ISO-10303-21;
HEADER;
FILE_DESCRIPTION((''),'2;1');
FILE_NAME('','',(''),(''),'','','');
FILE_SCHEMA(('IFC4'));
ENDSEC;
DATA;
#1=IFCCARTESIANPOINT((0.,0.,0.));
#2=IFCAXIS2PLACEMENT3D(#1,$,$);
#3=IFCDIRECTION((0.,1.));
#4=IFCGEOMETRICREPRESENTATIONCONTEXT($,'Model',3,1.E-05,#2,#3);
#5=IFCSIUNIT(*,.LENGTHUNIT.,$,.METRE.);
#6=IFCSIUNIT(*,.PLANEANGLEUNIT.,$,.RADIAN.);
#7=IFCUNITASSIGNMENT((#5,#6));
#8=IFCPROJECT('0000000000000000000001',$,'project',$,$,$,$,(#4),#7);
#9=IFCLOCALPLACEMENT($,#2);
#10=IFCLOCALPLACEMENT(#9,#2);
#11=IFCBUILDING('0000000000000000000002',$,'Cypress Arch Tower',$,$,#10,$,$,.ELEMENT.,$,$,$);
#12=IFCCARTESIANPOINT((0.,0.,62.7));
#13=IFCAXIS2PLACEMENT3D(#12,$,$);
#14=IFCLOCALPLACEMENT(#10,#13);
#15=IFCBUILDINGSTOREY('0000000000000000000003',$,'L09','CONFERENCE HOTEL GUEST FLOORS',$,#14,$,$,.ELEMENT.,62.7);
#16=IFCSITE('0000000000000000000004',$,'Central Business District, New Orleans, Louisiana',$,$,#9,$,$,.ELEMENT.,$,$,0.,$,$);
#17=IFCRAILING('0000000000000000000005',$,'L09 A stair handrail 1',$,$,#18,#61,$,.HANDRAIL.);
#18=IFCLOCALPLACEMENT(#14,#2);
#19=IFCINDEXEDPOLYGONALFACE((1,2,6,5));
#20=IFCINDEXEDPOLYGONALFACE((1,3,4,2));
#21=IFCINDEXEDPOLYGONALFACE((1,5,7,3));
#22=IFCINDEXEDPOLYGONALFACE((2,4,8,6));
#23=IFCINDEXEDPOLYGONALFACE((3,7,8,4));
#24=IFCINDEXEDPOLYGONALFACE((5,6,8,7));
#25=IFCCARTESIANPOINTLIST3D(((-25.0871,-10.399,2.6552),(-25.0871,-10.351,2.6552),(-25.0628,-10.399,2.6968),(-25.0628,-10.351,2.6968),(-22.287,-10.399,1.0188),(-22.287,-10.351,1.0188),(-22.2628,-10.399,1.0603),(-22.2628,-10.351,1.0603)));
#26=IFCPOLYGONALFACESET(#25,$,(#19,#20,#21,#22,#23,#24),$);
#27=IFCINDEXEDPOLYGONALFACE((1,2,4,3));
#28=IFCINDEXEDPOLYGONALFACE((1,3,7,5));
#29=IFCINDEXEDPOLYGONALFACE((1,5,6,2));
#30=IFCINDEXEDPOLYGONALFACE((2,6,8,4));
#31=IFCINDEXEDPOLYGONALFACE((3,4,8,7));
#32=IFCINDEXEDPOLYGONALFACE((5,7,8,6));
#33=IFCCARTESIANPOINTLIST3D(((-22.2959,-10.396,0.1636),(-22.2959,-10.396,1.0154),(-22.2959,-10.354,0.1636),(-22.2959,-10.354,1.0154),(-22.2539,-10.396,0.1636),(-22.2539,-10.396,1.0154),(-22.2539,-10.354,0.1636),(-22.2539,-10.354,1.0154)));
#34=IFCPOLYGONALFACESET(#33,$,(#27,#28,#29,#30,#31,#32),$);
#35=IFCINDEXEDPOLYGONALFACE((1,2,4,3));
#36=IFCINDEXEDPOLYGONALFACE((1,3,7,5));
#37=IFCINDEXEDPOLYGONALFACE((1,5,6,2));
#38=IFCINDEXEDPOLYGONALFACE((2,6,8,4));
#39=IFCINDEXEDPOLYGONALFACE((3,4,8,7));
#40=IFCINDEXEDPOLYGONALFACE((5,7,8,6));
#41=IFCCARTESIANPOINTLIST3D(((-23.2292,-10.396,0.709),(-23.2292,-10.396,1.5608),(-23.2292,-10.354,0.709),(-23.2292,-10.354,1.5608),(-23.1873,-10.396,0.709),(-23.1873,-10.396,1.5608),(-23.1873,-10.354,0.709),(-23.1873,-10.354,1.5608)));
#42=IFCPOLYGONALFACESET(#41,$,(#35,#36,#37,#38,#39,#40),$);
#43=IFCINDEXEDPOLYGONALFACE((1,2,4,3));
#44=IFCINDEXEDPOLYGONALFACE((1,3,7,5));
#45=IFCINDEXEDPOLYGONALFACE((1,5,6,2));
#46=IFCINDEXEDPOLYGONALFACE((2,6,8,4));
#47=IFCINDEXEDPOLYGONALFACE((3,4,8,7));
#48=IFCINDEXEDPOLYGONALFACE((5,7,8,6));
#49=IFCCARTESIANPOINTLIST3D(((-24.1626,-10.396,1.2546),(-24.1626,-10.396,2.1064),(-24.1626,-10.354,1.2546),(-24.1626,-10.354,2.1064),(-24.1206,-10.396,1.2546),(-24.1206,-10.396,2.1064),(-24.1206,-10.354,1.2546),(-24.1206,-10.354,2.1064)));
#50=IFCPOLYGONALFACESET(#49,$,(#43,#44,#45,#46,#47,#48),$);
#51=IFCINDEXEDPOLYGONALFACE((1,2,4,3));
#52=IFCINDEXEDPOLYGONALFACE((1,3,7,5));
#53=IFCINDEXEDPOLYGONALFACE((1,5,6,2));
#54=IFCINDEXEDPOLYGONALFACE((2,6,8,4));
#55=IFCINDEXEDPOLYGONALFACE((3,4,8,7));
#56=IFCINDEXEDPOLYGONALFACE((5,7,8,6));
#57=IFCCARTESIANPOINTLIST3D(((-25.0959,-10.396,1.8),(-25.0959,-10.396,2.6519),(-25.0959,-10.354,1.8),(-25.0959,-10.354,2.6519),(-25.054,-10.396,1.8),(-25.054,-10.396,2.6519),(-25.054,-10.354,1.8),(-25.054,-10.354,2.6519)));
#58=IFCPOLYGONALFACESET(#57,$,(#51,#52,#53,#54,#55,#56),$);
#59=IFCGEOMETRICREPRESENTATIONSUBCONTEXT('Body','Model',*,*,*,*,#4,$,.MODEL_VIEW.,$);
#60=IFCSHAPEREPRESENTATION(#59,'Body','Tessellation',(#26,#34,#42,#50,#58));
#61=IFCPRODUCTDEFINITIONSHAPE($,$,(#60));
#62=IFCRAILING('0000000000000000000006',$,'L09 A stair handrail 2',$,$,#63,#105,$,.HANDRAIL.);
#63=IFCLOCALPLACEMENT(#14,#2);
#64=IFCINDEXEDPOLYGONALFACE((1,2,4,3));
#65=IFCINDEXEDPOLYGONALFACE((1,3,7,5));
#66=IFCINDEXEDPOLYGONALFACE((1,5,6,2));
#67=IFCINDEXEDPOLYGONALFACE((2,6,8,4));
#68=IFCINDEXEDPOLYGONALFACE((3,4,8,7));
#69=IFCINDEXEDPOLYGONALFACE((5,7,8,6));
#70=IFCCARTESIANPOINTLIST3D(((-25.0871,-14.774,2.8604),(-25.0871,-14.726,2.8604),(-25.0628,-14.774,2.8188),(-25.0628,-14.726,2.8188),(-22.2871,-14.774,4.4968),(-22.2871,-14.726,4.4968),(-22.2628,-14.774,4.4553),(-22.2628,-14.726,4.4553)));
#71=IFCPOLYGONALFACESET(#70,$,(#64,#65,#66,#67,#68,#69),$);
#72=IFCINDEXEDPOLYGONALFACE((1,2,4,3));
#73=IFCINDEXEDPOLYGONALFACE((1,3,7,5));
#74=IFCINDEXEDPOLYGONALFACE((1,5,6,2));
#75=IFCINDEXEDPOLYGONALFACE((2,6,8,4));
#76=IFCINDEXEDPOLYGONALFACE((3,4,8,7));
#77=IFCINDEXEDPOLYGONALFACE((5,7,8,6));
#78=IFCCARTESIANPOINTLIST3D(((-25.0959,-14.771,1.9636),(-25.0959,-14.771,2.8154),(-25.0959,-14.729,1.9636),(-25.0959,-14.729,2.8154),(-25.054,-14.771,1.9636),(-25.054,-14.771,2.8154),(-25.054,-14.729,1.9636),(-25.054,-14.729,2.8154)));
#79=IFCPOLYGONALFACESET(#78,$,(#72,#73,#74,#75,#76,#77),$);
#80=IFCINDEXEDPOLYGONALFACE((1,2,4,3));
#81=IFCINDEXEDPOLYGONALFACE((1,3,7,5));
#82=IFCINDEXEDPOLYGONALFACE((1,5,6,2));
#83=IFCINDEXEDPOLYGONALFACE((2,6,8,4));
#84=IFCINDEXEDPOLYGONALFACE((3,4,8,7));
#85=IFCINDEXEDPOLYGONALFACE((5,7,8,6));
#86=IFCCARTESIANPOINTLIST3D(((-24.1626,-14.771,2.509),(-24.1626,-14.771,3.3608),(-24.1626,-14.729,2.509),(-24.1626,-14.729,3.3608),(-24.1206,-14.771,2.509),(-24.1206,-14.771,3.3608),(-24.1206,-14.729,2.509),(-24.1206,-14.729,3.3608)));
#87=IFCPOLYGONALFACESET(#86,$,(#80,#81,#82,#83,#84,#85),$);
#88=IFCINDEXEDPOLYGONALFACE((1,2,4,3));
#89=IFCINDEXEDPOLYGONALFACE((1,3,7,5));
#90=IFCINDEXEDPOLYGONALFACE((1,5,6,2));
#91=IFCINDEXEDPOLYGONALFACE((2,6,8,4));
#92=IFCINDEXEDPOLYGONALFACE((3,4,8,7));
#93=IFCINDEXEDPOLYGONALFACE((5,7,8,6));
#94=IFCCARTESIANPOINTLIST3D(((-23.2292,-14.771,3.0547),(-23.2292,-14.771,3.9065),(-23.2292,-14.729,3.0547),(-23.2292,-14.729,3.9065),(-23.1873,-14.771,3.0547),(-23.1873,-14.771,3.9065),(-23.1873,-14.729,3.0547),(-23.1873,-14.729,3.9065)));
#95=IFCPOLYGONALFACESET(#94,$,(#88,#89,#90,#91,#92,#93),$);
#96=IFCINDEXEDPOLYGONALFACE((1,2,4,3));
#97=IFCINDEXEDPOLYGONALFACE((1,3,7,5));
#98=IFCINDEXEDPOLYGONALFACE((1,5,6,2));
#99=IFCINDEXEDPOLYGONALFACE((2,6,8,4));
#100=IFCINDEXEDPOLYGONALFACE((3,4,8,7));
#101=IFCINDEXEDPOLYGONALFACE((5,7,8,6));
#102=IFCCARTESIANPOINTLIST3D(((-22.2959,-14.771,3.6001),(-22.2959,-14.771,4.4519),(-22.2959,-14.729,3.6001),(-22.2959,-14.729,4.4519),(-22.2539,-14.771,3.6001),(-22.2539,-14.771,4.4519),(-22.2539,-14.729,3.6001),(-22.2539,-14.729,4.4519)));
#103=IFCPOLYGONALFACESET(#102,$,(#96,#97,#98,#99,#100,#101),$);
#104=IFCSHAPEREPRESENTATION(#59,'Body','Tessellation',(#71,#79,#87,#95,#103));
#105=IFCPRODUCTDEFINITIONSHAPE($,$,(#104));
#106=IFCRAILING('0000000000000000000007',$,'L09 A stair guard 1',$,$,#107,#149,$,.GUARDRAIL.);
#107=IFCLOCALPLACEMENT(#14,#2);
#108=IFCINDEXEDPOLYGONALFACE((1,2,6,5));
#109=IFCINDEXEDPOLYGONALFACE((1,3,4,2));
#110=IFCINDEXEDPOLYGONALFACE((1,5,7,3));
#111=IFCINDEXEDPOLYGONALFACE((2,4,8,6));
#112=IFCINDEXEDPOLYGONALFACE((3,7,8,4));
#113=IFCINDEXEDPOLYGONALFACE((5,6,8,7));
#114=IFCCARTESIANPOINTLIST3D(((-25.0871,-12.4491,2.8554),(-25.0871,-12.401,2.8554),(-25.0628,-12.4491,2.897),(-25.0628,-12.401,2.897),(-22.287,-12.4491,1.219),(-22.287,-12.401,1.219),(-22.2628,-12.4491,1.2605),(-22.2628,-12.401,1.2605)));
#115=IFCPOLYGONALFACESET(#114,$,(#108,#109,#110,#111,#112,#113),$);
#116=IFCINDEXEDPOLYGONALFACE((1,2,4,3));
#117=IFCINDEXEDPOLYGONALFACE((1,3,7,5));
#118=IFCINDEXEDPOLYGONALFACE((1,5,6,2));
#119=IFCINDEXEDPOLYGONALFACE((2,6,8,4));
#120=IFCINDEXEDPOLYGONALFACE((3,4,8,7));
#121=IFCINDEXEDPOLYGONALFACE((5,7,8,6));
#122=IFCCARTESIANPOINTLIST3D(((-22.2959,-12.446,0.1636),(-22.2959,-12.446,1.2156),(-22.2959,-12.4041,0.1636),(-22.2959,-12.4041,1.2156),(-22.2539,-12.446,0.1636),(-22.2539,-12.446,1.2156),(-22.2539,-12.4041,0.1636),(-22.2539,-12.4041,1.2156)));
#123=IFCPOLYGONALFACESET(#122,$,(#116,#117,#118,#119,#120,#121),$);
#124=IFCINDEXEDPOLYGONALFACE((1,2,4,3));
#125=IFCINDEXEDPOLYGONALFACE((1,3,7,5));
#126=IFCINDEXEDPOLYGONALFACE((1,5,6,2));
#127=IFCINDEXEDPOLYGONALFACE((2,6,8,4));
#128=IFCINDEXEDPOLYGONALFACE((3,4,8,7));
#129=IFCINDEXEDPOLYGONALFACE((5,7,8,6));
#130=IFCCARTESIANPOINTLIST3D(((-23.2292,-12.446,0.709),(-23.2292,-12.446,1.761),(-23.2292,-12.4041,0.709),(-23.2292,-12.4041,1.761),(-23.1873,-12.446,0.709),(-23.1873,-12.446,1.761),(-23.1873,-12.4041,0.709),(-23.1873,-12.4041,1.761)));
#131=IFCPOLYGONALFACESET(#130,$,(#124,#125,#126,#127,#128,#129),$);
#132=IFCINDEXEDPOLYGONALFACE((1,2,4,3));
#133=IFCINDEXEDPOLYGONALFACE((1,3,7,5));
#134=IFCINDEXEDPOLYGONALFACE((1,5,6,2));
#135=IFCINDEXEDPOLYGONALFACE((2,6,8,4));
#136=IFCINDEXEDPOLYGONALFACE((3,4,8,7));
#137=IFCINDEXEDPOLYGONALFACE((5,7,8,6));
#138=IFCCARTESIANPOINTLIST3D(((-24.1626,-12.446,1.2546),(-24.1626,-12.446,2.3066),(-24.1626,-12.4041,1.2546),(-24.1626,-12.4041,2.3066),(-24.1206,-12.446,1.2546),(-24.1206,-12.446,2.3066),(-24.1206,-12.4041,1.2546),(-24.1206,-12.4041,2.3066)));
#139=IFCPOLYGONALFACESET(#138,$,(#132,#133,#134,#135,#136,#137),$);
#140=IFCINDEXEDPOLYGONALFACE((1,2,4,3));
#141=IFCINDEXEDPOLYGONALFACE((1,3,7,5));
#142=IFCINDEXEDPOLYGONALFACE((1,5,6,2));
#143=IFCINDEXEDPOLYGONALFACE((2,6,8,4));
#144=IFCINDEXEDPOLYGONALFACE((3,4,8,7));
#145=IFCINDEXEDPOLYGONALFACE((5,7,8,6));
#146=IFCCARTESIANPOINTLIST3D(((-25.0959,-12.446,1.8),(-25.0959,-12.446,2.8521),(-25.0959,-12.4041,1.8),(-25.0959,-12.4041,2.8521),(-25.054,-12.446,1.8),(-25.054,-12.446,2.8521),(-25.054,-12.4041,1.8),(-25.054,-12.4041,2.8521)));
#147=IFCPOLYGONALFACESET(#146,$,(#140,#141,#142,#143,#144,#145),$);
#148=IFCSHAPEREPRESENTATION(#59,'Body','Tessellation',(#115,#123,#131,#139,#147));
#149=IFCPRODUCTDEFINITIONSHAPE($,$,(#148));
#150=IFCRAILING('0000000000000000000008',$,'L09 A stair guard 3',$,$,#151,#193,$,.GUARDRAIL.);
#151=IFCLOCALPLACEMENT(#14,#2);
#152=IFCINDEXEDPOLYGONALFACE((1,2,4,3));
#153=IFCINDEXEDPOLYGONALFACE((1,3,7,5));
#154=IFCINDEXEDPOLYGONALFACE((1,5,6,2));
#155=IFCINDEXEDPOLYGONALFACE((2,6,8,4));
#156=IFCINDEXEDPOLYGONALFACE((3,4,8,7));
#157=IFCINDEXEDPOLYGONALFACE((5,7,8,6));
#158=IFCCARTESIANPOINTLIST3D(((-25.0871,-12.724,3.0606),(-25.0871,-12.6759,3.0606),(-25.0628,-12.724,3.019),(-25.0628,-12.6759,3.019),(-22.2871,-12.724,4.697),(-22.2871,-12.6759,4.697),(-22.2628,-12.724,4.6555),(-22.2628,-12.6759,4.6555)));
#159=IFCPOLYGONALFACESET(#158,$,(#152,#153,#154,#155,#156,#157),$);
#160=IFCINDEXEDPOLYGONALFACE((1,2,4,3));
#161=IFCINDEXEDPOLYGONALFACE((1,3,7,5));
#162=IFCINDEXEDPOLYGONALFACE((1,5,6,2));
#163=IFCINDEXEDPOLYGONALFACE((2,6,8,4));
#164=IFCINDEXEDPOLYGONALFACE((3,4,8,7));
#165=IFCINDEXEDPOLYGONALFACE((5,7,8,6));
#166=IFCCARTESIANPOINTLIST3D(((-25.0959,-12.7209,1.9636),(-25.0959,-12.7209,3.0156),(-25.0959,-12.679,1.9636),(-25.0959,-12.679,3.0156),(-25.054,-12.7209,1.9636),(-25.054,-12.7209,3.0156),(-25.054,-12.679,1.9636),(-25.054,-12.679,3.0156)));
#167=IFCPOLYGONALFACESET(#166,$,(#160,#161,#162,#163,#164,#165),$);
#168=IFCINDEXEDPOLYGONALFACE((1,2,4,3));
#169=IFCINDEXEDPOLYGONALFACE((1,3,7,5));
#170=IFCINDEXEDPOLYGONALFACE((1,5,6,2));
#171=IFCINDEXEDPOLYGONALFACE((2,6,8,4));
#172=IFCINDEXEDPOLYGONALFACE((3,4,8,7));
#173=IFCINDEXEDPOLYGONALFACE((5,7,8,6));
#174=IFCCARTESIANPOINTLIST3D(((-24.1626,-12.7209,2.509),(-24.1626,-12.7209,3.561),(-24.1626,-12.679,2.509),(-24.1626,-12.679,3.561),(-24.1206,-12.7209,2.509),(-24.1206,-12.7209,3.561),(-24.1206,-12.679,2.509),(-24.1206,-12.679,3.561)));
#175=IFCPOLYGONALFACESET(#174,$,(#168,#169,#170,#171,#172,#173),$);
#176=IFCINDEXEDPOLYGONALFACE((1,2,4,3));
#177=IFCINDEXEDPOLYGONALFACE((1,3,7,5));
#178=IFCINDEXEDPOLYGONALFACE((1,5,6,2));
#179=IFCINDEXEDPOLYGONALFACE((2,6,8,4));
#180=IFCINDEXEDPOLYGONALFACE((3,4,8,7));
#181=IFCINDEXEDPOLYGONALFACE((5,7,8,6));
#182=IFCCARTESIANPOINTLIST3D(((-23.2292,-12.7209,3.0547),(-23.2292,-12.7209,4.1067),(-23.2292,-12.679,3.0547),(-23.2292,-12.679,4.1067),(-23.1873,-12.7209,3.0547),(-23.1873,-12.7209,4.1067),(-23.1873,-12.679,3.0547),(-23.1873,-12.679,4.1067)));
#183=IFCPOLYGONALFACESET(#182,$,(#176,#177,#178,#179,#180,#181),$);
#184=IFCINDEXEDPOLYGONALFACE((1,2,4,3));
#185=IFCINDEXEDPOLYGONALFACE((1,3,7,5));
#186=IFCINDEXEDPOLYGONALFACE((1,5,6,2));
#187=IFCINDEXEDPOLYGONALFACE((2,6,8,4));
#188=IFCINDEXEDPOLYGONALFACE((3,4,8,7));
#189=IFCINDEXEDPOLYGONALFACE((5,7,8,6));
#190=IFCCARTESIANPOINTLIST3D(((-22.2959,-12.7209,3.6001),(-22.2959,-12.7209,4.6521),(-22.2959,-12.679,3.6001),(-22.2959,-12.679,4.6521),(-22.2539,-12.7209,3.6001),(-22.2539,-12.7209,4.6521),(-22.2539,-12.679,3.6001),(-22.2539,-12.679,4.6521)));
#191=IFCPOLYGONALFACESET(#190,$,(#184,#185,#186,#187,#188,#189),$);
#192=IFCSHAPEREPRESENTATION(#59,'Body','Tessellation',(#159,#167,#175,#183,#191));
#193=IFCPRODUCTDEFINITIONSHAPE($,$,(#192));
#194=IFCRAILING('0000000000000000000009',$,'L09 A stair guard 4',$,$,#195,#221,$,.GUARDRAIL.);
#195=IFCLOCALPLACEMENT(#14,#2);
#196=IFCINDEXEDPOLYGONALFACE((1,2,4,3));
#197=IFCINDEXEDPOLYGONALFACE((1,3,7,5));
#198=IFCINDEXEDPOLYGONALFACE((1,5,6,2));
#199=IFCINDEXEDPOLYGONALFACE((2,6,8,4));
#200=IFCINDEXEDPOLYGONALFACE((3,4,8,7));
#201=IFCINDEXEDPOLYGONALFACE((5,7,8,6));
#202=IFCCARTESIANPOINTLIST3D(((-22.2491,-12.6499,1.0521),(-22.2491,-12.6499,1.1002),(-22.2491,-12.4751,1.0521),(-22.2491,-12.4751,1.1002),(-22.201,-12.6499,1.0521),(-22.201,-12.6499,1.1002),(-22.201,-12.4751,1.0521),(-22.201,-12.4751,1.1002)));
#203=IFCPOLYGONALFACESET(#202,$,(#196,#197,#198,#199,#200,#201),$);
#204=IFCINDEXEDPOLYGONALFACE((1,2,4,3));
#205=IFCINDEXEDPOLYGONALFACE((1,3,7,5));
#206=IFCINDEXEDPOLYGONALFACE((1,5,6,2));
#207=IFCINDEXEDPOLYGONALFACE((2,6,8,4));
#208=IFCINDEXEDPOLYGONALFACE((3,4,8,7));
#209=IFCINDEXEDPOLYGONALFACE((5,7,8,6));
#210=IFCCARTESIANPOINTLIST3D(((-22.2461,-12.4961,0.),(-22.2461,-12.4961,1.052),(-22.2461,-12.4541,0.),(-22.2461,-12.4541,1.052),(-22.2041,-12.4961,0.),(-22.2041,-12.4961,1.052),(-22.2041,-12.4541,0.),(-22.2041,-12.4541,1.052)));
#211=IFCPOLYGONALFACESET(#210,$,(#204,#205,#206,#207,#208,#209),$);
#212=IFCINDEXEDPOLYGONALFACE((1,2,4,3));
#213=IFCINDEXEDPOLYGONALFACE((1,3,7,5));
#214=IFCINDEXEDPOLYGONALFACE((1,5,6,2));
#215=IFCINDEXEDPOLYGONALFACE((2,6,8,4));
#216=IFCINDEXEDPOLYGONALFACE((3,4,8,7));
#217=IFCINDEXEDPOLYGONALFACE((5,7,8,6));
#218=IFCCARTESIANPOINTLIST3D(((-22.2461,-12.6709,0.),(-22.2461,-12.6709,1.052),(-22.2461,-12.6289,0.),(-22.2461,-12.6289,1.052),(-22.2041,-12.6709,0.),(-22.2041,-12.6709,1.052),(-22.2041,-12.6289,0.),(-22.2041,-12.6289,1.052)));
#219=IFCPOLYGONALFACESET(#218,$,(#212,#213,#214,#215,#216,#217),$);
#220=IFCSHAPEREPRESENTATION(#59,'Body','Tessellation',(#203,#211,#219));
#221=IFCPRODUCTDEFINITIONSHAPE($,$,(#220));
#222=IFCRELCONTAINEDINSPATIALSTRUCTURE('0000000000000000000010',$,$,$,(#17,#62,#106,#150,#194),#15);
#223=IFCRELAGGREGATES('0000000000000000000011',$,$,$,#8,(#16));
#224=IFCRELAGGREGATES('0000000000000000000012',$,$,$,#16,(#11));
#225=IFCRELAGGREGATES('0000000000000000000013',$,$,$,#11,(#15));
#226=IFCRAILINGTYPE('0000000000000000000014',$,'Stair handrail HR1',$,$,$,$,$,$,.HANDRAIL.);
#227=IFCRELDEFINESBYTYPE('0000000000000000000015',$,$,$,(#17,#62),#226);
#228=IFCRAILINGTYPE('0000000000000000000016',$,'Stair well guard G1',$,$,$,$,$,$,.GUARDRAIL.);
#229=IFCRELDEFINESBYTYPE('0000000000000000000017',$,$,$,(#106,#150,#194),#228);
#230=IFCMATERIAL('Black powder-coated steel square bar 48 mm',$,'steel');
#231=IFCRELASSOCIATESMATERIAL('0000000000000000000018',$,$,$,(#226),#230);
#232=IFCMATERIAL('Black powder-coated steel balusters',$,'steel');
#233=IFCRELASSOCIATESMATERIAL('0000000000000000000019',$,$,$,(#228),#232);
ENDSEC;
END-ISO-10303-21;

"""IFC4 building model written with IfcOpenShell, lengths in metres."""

from ifc_helpers import new_model, si_unit, direction, frame, origin, origin_2d, place, context, subcontext, project, spatial, rectangle, extrude, material, type_object, element, save


model = new_model("IFC4")

# Units and contexts
model_context = context("Model", 3, precision=1e-05, world=origin(), true_north=direction((0.0, 1.0)))
body_context = subcontext(model_context, "Body", "Model", "MODEL_VIEW")
ifc_project = project(units=[si_unit("LENGTHUNIT", "METRE"), si_unit("PLANEANGLEUNIT", "RADIAN")], contexts=[model_context])

# Site, building, storey
site_placement = place(None, origin())
site = spatial("IfcSite", under=ifc_project, at=site_placement, Name="Central Business District, New Orleans, Louisiana", CompositionType="ELEMENT", RefElevation=0.0)
building_placement = place(site_placement, origin())
building = spatial("IfcBuilding", under=site, at=building_placement, Name="Cypress Arch Tower", CompositionType="ELEMENT")
storey_placement = place(building_placement, frame((0.0, 0.0, 62.7)))
storey = spatial("IfcBuildingStorey", under=building, at=storey_placement, Name="L09", Description="CONFERENCE HOTEL GUEST FLOORS", CompositionType="ELEMENT", Elevation=62.7)

# Railings
ifc_material_1 = material(Name="Black powder-coated steel square bar 48 mm", Category="steel")
railing_type_1 = type_object("IfcRailingType", Name="Stair handrail HR1", PredefinedType="HANDRAIL", material=ifc_material_1)
railing_1_placement = place(storey_placement, frame((-22.2749, -10.375, 0.1636)))
element("IfcRailing", 1, at=railing_1_placement, inside=storey, type_object=railing_type_1, Name="L09 A stair handrail 1", PredefinedType="HANDRAIL", context=body_context, shape_type="SweptSolid", body=[
    extrude(rectangle(XDim=0.0481, YDim=0.0481, at=origin_2d()), frame((0.0, 0.0, 0.876), z_axis=(-0.863361, 0.0, 0.504587), x_axis=(0.0, -1.0, 0.0)), (0.0, 0.0, 1.0), 3.2432),
    extrude(rectangle(XDim=0.042, YDim=0.042, at=origin_2d()), origin(), (0.0, 0.0, 1.0), 0.8518),
    extrude(rectangle(XDim=0.042, YDim=0.042, at=origin_2d()), frame((-0.9333, 0.0, 0.5454)), (0.0, 0.0, 1.0), 0.8518),
    extrude(rectangle(XDim=0.042, YDim=0.042, at=origin_2d()), frame((-1.8667, 0.0, 1.0911)), (0.0, 0.0, 1.0), 0.8518),
    extrude(rectangle(XDim=0.042, YDim=0.042, at=origin_2d()), frame((-2.8, 0.0, 1.6365)), (0.0, 0.0, 1.0), 0.8518),
])
railing_2_placement = place(storey_placement, frame((-25.075, -14.75, 1.9636)))
element("IfcRailing", 2, at=railing_2_placement, inside=storey, type_object=railing_type_1, Name="L09 A stair handrail 2", PredefinedType="HANDRAIL", context=body_context, shape_type="SweptSolid", body=[
    extrude(rectangle(XDim=0.0481, YDim=0.0481, at=origin_2d()), frame((0.0, 0.0, 0.876), z_axis=(0.863361, 0.0, 0.504587), x_axis=(0.0, 1.0, 0.0)), (0.0, 0.0, 1.0), 3.2432),
    extrude(rectangle(XDim=0.042, YDim=0.042, at=origin_2d()), origin(), (0.0, 0.0, 1.0), 0.8518),
    extrude(rectangle(XDim=0.042, YDim=0.042, at=origin_2d()), frame((0.9333, 0.0, 0.5454)), (0.0, 0.0, 1.0), 0.8518),
    extrude(rectangle(XDim=0.042, YDim=0.042, at=origin_2d()), frame((1.8667, 0.0, 1.0911)), (0.0, 0.0, 1.0), 0.8518),
    extrude(rectangle(XDim=0.042, YDim=0.042, at=origin_2d()), frame((2.8, 0.0, 1.6365)), (0.0, 0.0, 1.0), 0.8518),
])
ifc_material_2 = material(Name="Black powder-coated steel balusters", Category="steel")
railing_type_2 = type_object("IfcRailingType", Name="Stair well guard G1", PredefinedType="GUARDRAIL", material=ifc_material_2)
railing_3_placement = place(storey_placement, frame((-22.2749, -12.425, 0.1636)))
element("IfcRailing", 3, at=railing_3_placement, inside=storey, type_object=railing_type_2, Name="L09 A stair guard 1", PredefinedType="GUARDRAIL", context=body_context, shape_type="SweptSolid", body=[
    extrude(rectangle(XDim=0.0481, YDim=0.0481, at=origin_2d()), frame((0.0, 0.0, 1.0762), z_axis=(-0.863361, 0.0, 0.504587), x_axis=(0.0, -1.0, 0.0)), (0.0, 0.0, 1.0), 3.2432),
    extrude(rectangle(XDim=0.042, YDim=0.042, at=origin_2d()), origin(), (0.0, 0.0, 1.0), 1.052),
    extrude(rectangle(XDim=0.042, YDim=0.042, at=origin_2d()), frame((-0.9333, 0.0, 0.5454)), (0.0, 0.0, 1.0), 1.052),
    extrude(rectangle(XDim=0.042, YDim=0.042, at=origin_2d()), frame((-1.8667, 0.0, 1.0911)), (0.0, 0.0, 1.0), 1.052),
    extrude(rectangle(XDim=0.042, YDim=0.042, at=origin_2d()), frame((-2.8, 0.0, 1.6365)), (0.0, 0.0, 1.0), 1.052),
])
railing_4_placement = place(storey_placement, frame((-25.075, -12.7, 1.9636)))
element("IfcRailing", 4, at=railing_4_placement, inside=storey, type_object=railing_type_2, Name="L09 A stair guard 3", PredefinedType="GUARDRAIL", context=body_context, shape_type="SweptSolid", body=[
    extrude(rectangle(XDim=0.0481, YDim=0.0481, at=origin_2d()), frame((0.0, 0.0, 1.0762), z_axis=(0.863361, 0.0, 0.504587), x_axis=(0.0, 1.0, 0.0)), (0.0, 0.0, 1.0), 3.2432),
    extrude(rectangle(XDim=0.042, YDim=0.042, at=origin_2d()), origin(), (0.0, 0.0, 1.0), 1.052),
    extrude(rectangle(XDim=0.042, YDim=0.042, at=origin_2d()), frame((0.9333, 0.0, 0.5454)), (0.0, 0.0, 1.0), 1.052),
    extrude(rectangle(XDim=0.042, YDim=0.042, at=origin_2d()), frame((1.8667, 0.0, 1.0911)), (0.0, 0.0, 1.0), 1.052),
    extrude(rectangle(XDim=0.042, YDim=0.042, at=origin_2d()), frame((2.8, 0.0, 1.6365)), (0.0, 0.0, 1.0), 1.052),
])
railing_5_placement = place(storey_placement, frame((-22.2251, -12.4751, 0.0)))
element("IfcRailing", 5, at=railing_5_placement, inside=storey, type_object=railing_type_2, Name="L09 A stair guard 4", PredefinedType="GUARDRAIL", context=body_context, shape_type="SweptSolid", body=[
    extrude(rectangle(XDim=0.0481, YDim=0.0481, at=origin_2d()), frame((0.0, 0.0, 1.0762), z_axis=(0.0, -1.0, 0.0), x_axis=(1.0, 0.0, 0.0)), (0.0, 0.0, 1.0), 0.1748),
    extrude(rectangle(XDim=0.042, YDim=0.042, at=origin_2d()), origin(), (0.0, 0.0, 1.0), 1.052),
    extrude(rectangle(XDim=0.042, YDim=0.042, at=origin_2d()), frame((0.0, -0.1748, 0.0)), (0.0, 0.0, 1.0), 1.052),
])

save(model, "model.ifc")
